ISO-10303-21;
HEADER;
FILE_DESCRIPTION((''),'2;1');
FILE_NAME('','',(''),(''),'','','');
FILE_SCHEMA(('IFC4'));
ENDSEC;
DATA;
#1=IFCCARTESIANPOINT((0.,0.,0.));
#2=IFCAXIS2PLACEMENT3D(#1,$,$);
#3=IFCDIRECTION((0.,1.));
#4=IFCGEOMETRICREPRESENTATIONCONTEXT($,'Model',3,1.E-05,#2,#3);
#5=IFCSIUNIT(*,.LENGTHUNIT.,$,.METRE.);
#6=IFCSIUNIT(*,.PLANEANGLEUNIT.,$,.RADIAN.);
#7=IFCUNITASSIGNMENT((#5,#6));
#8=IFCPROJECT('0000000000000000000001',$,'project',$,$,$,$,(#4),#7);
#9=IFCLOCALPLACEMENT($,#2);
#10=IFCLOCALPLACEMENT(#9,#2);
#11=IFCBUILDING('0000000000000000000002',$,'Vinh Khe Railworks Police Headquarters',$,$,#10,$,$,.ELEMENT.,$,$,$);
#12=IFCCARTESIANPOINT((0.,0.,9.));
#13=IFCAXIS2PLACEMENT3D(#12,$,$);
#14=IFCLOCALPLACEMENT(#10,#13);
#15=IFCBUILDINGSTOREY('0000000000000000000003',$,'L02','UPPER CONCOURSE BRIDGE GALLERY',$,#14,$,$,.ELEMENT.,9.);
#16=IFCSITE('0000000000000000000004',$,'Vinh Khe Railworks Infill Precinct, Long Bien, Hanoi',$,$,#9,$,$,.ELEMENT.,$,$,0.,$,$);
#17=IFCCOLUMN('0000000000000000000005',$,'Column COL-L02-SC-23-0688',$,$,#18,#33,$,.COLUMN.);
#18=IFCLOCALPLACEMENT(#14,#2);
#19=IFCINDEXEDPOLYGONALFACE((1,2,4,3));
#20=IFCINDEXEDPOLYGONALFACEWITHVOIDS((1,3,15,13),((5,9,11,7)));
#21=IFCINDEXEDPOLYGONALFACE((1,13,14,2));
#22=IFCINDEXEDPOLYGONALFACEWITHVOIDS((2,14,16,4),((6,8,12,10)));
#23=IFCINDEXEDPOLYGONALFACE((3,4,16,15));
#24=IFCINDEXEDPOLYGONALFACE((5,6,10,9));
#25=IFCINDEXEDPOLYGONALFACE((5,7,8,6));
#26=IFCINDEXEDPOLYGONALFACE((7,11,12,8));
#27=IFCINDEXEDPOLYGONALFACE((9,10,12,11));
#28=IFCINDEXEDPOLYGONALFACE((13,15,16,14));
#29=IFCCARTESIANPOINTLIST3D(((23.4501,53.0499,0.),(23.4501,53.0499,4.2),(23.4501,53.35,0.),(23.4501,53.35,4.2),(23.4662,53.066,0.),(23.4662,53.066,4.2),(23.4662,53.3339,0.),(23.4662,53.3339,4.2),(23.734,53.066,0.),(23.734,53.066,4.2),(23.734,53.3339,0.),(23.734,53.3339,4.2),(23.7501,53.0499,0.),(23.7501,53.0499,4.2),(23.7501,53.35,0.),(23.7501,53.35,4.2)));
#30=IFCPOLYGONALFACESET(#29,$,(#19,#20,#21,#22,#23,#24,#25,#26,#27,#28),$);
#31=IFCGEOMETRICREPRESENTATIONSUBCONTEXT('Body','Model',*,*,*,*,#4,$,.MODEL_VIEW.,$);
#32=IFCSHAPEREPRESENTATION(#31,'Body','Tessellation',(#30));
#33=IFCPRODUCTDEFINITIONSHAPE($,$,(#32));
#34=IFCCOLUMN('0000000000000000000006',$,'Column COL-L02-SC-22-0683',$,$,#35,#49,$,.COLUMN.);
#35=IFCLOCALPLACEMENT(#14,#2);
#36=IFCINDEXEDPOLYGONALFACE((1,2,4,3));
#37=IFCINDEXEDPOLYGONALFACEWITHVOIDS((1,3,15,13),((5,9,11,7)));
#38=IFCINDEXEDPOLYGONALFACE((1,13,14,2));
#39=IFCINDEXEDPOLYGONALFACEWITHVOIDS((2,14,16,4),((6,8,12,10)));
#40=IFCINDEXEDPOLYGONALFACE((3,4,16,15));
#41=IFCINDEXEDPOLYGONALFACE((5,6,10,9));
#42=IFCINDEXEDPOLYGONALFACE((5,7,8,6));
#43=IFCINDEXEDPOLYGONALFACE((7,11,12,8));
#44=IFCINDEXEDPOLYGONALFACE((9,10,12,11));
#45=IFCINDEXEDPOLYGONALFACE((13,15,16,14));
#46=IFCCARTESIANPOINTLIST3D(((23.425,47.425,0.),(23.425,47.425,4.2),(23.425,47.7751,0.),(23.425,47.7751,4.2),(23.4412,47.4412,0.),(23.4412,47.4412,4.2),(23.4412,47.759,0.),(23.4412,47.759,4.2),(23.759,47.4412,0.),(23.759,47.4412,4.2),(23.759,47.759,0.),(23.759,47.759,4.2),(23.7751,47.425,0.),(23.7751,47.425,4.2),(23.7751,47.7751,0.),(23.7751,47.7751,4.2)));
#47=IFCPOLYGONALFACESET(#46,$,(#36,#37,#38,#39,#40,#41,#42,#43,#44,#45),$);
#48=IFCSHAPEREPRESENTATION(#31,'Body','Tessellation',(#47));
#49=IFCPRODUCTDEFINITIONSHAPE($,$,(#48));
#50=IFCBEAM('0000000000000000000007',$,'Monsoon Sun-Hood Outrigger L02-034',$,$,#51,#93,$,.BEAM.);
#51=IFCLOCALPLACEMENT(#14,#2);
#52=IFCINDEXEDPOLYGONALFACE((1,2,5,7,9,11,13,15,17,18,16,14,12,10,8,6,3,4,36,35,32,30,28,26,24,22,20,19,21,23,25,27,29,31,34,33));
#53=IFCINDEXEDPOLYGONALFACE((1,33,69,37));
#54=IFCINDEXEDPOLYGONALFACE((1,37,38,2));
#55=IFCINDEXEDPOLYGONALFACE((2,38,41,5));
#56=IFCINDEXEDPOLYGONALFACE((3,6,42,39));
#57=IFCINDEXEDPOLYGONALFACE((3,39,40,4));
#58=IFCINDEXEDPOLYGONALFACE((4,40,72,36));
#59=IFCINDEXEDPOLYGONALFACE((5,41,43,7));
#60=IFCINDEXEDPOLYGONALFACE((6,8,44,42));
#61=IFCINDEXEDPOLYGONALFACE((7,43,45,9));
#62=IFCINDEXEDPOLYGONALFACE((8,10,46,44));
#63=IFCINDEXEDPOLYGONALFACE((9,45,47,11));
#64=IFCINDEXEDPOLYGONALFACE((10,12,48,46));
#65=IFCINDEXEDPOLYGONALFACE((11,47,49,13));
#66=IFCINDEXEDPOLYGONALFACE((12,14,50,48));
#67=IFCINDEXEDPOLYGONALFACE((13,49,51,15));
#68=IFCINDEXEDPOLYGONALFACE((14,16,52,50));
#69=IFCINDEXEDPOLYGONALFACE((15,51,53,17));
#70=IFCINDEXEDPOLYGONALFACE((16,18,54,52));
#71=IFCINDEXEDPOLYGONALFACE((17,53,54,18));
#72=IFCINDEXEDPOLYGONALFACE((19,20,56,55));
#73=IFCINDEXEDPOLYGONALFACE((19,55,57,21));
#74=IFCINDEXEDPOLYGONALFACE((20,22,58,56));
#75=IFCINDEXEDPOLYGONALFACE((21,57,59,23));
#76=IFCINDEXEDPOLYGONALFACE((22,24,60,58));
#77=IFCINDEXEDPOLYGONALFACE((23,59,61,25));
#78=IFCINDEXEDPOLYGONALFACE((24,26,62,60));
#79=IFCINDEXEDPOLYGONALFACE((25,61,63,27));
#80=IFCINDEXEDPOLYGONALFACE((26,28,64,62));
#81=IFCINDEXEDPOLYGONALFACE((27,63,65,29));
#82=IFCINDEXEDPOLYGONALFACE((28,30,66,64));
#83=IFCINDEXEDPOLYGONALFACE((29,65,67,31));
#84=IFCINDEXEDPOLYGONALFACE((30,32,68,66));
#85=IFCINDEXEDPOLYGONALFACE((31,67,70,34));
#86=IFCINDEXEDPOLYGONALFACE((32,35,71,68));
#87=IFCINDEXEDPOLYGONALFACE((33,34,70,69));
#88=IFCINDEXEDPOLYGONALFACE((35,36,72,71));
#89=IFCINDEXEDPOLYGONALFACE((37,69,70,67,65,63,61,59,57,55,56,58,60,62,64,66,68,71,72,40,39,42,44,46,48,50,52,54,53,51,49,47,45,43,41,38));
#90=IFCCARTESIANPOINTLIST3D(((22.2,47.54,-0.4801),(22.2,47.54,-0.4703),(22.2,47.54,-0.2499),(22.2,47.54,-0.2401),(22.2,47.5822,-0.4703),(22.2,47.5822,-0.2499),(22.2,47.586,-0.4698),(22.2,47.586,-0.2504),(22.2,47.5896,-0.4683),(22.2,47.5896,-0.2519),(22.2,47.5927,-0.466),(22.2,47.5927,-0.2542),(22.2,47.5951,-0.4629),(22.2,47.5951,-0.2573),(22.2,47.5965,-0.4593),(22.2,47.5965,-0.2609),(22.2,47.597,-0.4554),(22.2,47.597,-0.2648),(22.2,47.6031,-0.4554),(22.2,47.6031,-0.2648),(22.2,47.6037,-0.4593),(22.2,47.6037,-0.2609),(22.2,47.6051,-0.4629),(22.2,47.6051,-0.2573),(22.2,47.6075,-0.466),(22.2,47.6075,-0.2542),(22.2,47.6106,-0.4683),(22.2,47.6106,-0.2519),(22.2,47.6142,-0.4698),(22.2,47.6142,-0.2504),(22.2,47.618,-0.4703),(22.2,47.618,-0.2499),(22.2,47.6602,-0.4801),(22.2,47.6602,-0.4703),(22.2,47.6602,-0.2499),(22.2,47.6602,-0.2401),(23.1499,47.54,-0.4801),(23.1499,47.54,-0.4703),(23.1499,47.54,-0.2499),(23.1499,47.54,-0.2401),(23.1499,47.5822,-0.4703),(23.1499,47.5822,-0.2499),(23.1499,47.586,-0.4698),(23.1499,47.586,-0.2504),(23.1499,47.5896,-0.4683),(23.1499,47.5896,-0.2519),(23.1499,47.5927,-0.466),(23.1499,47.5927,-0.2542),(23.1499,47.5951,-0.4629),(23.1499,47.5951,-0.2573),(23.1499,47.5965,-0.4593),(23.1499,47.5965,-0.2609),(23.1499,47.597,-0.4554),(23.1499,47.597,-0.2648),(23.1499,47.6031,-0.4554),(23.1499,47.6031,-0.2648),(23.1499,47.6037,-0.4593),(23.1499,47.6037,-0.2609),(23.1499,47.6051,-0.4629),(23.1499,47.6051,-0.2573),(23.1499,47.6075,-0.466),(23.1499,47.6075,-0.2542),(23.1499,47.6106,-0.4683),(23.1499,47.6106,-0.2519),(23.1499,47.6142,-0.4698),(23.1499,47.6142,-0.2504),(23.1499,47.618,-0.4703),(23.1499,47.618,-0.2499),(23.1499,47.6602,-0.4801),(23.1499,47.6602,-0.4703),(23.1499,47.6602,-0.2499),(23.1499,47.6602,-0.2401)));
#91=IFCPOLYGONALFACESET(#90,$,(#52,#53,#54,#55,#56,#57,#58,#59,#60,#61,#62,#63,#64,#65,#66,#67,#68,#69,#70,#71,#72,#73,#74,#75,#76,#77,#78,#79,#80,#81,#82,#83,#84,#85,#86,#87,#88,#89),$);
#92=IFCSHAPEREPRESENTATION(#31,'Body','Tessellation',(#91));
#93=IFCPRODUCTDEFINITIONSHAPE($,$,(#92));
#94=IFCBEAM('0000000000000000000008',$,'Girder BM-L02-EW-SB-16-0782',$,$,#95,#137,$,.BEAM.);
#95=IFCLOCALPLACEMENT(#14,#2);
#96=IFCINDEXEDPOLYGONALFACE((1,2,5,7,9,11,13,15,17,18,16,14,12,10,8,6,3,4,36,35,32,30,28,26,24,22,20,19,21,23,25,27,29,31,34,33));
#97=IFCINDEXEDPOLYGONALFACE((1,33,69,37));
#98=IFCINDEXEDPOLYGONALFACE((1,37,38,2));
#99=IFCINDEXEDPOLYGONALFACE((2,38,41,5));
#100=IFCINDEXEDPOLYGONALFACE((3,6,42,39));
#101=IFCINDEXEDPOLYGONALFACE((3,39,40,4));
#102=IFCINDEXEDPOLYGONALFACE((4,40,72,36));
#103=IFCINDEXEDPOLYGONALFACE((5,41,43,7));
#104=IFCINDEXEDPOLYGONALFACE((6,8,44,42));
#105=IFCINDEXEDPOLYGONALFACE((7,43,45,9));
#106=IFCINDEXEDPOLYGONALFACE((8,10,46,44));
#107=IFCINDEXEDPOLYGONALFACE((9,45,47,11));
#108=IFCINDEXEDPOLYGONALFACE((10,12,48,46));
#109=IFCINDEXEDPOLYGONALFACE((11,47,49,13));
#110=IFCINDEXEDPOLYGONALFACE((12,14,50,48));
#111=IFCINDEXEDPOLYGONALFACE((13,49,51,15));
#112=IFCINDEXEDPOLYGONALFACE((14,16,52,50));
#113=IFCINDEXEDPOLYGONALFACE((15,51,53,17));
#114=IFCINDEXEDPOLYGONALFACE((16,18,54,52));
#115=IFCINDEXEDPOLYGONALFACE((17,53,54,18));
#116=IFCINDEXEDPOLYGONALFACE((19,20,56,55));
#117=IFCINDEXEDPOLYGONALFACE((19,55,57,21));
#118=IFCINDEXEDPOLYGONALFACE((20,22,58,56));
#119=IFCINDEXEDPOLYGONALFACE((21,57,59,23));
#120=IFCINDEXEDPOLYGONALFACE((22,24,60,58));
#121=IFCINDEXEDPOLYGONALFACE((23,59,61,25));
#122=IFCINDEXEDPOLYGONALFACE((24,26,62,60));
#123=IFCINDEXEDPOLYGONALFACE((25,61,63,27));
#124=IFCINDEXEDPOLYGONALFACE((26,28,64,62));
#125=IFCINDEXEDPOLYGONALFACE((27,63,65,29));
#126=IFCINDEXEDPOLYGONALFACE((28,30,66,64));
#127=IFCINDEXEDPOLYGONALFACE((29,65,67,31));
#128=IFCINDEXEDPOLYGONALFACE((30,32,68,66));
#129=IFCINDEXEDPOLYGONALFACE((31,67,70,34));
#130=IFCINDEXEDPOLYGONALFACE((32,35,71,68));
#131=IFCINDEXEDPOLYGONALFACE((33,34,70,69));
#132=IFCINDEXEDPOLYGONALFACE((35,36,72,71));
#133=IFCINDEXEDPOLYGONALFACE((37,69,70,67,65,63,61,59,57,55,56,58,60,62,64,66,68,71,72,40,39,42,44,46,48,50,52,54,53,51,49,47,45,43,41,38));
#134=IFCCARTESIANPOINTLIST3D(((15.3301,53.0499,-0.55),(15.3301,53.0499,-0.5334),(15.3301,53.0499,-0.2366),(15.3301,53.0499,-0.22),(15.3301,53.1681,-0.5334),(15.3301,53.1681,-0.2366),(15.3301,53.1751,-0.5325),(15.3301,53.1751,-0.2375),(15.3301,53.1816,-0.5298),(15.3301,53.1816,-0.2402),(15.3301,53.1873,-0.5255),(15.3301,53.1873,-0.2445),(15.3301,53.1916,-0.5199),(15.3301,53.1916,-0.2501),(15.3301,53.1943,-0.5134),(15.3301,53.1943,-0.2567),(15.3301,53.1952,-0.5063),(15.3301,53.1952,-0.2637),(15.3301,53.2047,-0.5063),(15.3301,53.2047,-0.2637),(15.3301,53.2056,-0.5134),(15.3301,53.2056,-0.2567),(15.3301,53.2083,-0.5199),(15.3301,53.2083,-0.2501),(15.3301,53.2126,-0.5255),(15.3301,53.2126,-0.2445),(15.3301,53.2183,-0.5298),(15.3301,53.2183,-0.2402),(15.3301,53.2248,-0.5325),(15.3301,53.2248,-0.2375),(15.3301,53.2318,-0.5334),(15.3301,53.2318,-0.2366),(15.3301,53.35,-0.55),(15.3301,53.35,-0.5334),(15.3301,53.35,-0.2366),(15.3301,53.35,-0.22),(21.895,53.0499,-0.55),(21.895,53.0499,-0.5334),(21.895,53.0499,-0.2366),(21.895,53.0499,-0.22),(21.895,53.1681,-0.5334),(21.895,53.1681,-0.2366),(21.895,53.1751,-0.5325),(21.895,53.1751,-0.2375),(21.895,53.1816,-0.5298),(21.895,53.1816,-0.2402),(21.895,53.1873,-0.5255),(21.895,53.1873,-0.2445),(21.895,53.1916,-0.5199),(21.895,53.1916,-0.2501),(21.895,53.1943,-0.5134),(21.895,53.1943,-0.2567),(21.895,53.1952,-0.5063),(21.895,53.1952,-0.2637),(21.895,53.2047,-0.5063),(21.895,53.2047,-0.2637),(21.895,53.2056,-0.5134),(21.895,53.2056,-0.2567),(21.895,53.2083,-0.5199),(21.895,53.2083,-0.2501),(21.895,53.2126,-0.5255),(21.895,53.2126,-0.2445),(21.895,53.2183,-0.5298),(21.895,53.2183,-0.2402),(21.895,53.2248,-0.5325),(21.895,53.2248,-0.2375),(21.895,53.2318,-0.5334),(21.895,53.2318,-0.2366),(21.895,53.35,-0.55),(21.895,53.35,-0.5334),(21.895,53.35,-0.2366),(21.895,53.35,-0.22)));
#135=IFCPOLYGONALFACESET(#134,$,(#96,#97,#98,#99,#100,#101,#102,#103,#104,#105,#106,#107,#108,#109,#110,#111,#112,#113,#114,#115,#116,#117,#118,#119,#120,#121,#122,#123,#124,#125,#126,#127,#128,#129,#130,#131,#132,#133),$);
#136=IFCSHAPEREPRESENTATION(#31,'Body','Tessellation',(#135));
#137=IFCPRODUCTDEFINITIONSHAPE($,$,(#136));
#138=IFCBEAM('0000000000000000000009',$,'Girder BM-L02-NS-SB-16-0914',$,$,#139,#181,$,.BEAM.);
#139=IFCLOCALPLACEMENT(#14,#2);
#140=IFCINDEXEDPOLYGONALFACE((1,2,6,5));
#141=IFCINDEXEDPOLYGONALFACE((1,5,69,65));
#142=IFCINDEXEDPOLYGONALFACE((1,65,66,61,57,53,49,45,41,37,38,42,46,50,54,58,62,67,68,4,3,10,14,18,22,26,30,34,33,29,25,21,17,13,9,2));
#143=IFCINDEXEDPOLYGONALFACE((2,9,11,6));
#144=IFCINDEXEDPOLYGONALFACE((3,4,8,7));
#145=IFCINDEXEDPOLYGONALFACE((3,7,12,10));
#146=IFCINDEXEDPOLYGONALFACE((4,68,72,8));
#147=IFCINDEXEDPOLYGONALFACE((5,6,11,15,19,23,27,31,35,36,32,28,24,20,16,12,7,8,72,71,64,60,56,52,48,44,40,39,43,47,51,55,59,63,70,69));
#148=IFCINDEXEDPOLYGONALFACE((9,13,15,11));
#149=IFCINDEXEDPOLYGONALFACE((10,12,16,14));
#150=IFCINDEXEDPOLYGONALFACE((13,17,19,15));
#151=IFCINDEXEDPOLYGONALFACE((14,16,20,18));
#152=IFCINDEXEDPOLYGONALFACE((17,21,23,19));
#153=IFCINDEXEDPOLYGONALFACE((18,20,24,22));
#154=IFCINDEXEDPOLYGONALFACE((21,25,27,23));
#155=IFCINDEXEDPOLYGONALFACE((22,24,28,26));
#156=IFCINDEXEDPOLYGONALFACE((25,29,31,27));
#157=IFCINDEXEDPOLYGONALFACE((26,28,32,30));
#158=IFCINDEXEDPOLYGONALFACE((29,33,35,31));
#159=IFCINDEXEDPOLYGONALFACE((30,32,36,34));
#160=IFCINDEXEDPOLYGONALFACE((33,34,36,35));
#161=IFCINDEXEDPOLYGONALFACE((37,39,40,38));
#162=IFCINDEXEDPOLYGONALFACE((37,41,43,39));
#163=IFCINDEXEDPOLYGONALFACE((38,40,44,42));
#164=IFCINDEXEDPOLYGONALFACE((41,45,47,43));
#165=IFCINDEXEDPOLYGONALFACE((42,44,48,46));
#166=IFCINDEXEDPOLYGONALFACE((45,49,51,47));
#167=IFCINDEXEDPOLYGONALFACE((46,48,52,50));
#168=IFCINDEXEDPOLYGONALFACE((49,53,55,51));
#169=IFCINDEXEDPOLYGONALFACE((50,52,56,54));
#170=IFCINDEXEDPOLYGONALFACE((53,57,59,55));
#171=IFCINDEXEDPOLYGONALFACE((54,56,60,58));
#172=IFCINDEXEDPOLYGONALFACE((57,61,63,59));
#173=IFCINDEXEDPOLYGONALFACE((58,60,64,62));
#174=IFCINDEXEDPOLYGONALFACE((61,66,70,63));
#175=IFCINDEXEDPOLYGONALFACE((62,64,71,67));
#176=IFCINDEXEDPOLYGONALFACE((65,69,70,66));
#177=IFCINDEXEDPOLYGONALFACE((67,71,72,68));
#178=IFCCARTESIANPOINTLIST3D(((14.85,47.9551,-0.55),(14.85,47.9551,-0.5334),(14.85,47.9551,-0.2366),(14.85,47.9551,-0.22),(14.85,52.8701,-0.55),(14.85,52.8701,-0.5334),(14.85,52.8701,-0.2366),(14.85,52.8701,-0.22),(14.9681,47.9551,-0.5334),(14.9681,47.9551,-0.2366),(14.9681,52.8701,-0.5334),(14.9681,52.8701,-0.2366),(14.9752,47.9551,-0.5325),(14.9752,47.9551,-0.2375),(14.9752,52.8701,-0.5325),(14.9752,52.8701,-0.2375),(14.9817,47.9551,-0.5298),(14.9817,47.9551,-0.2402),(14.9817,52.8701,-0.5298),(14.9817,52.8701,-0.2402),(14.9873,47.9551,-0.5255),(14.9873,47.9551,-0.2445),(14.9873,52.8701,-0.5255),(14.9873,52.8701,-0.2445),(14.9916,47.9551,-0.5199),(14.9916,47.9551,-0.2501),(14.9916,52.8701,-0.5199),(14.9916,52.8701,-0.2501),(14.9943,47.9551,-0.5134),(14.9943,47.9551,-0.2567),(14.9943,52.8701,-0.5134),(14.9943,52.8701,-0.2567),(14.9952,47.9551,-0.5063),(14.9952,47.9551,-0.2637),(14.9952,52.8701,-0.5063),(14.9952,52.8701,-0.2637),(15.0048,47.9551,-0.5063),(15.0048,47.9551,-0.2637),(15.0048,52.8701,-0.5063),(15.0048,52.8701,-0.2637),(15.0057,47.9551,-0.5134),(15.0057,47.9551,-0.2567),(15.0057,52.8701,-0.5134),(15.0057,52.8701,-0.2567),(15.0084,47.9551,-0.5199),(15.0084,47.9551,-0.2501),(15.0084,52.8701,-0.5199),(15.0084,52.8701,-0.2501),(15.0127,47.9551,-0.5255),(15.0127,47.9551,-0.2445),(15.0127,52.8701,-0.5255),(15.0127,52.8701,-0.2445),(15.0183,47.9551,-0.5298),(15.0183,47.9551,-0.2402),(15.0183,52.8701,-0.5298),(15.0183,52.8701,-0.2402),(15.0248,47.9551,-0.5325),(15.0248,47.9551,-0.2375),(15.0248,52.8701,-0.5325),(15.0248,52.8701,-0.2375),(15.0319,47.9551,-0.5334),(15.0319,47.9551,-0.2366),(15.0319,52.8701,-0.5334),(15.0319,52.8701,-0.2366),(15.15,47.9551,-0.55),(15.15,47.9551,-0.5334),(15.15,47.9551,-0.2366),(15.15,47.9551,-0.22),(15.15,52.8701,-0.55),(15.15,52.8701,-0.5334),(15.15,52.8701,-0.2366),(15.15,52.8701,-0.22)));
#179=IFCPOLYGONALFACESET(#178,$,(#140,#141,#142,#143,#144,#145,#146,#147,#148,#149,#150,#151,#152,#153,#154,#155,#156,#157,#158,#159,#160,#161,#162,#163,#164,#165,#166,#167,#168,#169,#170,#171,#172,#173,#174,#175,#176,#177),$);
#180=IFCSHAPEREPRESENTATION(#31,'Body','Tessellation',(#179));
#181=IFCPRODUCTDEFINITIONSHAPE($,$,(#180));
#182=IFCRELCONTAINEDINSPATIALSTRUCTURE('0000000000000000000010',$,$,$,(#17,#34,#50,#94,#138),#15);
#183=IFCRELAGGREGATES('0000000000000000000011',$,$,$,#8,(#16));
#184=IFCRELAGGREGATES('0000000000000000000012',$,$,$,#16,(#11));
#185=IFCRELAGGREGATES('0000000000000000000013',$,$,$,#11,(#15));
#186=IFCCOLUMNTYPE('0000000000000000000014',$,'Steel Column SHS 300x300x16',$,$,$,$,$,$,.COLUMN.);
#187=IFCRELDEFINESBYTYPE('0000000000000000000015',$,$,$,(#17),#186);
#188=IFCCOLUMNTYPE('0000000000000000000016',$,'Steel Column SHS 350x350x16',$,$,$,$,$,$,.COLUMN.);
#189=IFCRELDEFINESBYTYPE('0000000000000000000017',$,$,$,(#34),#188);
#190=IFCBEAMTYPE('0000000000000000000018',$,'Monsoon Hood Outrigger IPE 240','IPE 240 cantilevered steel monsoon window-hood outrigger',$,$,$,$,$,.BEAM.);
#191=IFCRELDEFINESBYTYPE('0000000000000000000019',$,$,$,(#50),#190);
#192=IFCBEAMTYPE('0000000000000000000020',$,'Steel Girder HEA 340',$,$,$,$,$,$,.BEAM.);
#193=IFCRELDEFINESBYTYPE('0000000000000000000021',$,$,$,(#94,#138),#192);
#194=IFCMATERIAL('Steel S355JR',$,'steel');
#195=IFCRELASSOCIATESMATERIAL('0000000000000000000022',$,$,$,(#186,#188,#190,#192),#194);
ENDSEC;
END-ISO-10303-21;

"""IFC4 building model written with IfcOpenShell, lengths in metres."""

from ifc_helpers import new_model, si_unit, direction, frame, origin, origin_2d, place, context, subcontext, project, spatial, hollow_rectangle, i_section, extrude, material, material_profile, profile_set, type_object, element, save


model = new_model("IFC4")

# Units and contexts
model_context = context("Model", 3, precision=1e-05, world=origin(), true_north=direction((0.0, 1.0)))
body_context = subcontext(model_context, "Body", "Model", "MODEL_VIEW")
ifc_project = project(units=[si_unit("LENGTHUNIT", "METRE"), si_unit("PLANEANGLEUNIT", "RADIAN")], contexts=[model_context])

# Site, building, storey
site_placement = place(None, origin())
site = spatial("IfcSite", under=ifc_project, at=site_placement, Name="Vinh Khe Railworks Infill Precinct, Long Bien, Hanoi", CompositionType="ELEMENT", RefElevation=0.0)
building_placement = place(site_placement, origin())
building = spatial("IfcBuilding", under=site, at=building_placement, Name="Vinh Khe Railworks Police Headquarters", CompositionType="ELEMENT")
storey_placement = place(building_placement, frame((0.0, 0.0, 9.0)))
storey = spatial("IfcBuildingStorey", under=building, at=storey_placement, Name="L02", Description="UPPER CONCOURSE BRIDGE GALLERY", CompositionType="ELEMENT", Elevation=9.0)

# Columns
ifc_material_1 = material(Name="Steel S355JR", Category="steel")
ifc_material_profile_1 = material_profile(ifc_material_1, hollow_rectangle(XDim=0.3, YDim=0.3, WallThickness=0.0161, at=origin_2d()), Name="SHS 300x300x16")
ifc_profile_set_1 = profile_set([ifc_material_profile_1], Name="Steel S355JR")
column_type_1 = type_object("IfcColumnType", Name="Steel Column SHS 300x300x16", PredefinedType="COLUMN", material=ifc_profile_set_1)
column_1_placement = place(storey_placement, frame((23.6001, 53.2, 0.0), z_axis=(0.0, 0.0, 1.0), x_axis=(1.0, 0.0, 0.0)))
element("IfcColumn", 1, at=column_1_placement, inside=storey, type_object=column_type_1, Name="Column COL-L02-SC-23-0688", PredefinedType="COLUMN", context=body_context, shape_type="SweptSolid", body=[
    extrude(hollow_rectangle(XDim=0.3, YDim=0.3, WallThickness=0.0161, at=origin_2d()), origin(), (0.0, 0.0, 1.0), 4.2),
])
ifc_material_profile_2 = material_profile(ifc_material_1, hollow_rectangle(XDim=0.3501, YDim=0.3501, WallThickness=0.0161, at=origin_2d()), Name="SHS 350x350x16")
ifc_profile_set_2 = profile_set([ifc_material_profile_2], Name="Steel S355JR")
column_type_2 = type_object("IfcColumnType", Name="Steel Column SHS 350x350x16", PredefinedType="COLUMN", material=ifc_profile_set_2)
column_2_placement = place(storey_placement, frame((23.6001, 47.6001, 0.0), z_axis=(0.0, 0.0, 1.0), x_axis=(1.0, 0.0, 0.0)))
element("IfcColumn", 2, at=column_2_placement, inside=storey, type_object=column_type_2, Name="Column COL-L02-SC-22-0683", PredefinedType="COLUMN", context=body_context, shape_type="SweptSolid", body=[
    extrude(hollow_rectangle(XDim=0.3501, YDim=0.3501, WallThickness=0.0161, at=origin_2d()), origin(), (0.0, 0.0, 1.0), 4.2),
])

# Beams
ifc_material_profile_3 = material_profile(ifc_material_1, i_section(OverallWidth=0.1201, OverallDepth=0.24, WebThickness=0.0061, FlangeThickness=0.0098, FilletRadius=0.0149, at=origin_2d()), Name="IPE 240")
ifc_profile_set_3 = profile_set([ifc_material_profile_3], Name="Steel S355JR")
beam_type_1 = type_object("IfcBeamType", Name="Monsoon Hood Outrigger IPE 240", Description="IPE 240 cantilevered steel monsoon window-hood outrigger", PredefinedType="BEAM", material=ifc_profile_set_3)
beam_1_placement = place(storey_placement, frame((22.2, 47.6001, -0.3601), z_axis=(1.0, 0.0, 0.0), x_axis=(0.0, 1.0, 0.0)))
element("IfcBeam", 3, at=beam_1_placement, inside=storey, type_object=beam_type_1, Name="Monsoon Sun-Hood Outrigger L02-034", PredefinedType="BEAM", context=body_context, shape_type="SweptSolid", body=[
    extrude(i_section(OverallWidth=0.1201, OverallDepth=0.24, WebThickness=0.0061, FlangeThickness=0.0098, FilletRadius=0.0149, at=origin_2d()), origin(), (0.0, 0.0, 1.0), 0.95),
])
ifc_material_profile_4 = material_profile(ifc_material_1, i_section(OverallWidth=0.3, OverallDepth=0.3301, WebThickness=0.0095, FlangeThickness=0.0166, FilletRadius=0.0271, at=origin_2d()), Name="HEA 340")
ifc_profile_set_4 = profile_set([ifc_material_profile_4], Name="Steel S355JR")
beam_type_2 = type_object("IfcBeamType", Name="Steel Girder HEA 340", PredefinedType="BEAM", material=ifc_profile_set_4)
beam_2_placement = place(storey_placement, frame((15.3301, 53.2, -0.385), z_axis=(1.0, 0.0, 0.0), x_axis=(0.0, 1.0, 0.0)))
element("IfcBeam", 4, at=beam_2_placement, inside=storey, type_object=beam_type_2, Name="Girder BM-L02-EW-SB-16-0782", PredefinedType="BEAM", context=body_context, shape_type="SweptSolid", body=[
    extrude(i_section(OverallWidth=0.3, OverallDepth=0.3301, WebThickness=0.0095, FlangeThickness=0.0166, FilletRadius=0.0271, at=origin_2d()), origin(), (0.0, 0.0, 1.0), 6.5649),
])
beam_3_placement = place(storey_placement, frame((15.0, 47.9551, -0.385), z_axis=(0.0, 1.0, 0.0), x_axis=(-1.0, 0.0, 0.0)))
element("IfcBeam", 5, at=beam_3_placement, inside=storey, type_object=beam_type_2, Name="Girder BM-L02-NS-SB-16-0914", PredefinedType="BEAM", context=body_context, shape_type="SweptSolid", body=[
    extrude(i_section(OverallWidth=0.3, OverallDepth=0.3301, WebThickness=0.0095, FlangeThickness=0.0166, FilletRadius=0.0271, at=origin_2d()), origin(), (0.0, 0.0, 1.0), 4.915),
])

save(model, "model.ifc")
